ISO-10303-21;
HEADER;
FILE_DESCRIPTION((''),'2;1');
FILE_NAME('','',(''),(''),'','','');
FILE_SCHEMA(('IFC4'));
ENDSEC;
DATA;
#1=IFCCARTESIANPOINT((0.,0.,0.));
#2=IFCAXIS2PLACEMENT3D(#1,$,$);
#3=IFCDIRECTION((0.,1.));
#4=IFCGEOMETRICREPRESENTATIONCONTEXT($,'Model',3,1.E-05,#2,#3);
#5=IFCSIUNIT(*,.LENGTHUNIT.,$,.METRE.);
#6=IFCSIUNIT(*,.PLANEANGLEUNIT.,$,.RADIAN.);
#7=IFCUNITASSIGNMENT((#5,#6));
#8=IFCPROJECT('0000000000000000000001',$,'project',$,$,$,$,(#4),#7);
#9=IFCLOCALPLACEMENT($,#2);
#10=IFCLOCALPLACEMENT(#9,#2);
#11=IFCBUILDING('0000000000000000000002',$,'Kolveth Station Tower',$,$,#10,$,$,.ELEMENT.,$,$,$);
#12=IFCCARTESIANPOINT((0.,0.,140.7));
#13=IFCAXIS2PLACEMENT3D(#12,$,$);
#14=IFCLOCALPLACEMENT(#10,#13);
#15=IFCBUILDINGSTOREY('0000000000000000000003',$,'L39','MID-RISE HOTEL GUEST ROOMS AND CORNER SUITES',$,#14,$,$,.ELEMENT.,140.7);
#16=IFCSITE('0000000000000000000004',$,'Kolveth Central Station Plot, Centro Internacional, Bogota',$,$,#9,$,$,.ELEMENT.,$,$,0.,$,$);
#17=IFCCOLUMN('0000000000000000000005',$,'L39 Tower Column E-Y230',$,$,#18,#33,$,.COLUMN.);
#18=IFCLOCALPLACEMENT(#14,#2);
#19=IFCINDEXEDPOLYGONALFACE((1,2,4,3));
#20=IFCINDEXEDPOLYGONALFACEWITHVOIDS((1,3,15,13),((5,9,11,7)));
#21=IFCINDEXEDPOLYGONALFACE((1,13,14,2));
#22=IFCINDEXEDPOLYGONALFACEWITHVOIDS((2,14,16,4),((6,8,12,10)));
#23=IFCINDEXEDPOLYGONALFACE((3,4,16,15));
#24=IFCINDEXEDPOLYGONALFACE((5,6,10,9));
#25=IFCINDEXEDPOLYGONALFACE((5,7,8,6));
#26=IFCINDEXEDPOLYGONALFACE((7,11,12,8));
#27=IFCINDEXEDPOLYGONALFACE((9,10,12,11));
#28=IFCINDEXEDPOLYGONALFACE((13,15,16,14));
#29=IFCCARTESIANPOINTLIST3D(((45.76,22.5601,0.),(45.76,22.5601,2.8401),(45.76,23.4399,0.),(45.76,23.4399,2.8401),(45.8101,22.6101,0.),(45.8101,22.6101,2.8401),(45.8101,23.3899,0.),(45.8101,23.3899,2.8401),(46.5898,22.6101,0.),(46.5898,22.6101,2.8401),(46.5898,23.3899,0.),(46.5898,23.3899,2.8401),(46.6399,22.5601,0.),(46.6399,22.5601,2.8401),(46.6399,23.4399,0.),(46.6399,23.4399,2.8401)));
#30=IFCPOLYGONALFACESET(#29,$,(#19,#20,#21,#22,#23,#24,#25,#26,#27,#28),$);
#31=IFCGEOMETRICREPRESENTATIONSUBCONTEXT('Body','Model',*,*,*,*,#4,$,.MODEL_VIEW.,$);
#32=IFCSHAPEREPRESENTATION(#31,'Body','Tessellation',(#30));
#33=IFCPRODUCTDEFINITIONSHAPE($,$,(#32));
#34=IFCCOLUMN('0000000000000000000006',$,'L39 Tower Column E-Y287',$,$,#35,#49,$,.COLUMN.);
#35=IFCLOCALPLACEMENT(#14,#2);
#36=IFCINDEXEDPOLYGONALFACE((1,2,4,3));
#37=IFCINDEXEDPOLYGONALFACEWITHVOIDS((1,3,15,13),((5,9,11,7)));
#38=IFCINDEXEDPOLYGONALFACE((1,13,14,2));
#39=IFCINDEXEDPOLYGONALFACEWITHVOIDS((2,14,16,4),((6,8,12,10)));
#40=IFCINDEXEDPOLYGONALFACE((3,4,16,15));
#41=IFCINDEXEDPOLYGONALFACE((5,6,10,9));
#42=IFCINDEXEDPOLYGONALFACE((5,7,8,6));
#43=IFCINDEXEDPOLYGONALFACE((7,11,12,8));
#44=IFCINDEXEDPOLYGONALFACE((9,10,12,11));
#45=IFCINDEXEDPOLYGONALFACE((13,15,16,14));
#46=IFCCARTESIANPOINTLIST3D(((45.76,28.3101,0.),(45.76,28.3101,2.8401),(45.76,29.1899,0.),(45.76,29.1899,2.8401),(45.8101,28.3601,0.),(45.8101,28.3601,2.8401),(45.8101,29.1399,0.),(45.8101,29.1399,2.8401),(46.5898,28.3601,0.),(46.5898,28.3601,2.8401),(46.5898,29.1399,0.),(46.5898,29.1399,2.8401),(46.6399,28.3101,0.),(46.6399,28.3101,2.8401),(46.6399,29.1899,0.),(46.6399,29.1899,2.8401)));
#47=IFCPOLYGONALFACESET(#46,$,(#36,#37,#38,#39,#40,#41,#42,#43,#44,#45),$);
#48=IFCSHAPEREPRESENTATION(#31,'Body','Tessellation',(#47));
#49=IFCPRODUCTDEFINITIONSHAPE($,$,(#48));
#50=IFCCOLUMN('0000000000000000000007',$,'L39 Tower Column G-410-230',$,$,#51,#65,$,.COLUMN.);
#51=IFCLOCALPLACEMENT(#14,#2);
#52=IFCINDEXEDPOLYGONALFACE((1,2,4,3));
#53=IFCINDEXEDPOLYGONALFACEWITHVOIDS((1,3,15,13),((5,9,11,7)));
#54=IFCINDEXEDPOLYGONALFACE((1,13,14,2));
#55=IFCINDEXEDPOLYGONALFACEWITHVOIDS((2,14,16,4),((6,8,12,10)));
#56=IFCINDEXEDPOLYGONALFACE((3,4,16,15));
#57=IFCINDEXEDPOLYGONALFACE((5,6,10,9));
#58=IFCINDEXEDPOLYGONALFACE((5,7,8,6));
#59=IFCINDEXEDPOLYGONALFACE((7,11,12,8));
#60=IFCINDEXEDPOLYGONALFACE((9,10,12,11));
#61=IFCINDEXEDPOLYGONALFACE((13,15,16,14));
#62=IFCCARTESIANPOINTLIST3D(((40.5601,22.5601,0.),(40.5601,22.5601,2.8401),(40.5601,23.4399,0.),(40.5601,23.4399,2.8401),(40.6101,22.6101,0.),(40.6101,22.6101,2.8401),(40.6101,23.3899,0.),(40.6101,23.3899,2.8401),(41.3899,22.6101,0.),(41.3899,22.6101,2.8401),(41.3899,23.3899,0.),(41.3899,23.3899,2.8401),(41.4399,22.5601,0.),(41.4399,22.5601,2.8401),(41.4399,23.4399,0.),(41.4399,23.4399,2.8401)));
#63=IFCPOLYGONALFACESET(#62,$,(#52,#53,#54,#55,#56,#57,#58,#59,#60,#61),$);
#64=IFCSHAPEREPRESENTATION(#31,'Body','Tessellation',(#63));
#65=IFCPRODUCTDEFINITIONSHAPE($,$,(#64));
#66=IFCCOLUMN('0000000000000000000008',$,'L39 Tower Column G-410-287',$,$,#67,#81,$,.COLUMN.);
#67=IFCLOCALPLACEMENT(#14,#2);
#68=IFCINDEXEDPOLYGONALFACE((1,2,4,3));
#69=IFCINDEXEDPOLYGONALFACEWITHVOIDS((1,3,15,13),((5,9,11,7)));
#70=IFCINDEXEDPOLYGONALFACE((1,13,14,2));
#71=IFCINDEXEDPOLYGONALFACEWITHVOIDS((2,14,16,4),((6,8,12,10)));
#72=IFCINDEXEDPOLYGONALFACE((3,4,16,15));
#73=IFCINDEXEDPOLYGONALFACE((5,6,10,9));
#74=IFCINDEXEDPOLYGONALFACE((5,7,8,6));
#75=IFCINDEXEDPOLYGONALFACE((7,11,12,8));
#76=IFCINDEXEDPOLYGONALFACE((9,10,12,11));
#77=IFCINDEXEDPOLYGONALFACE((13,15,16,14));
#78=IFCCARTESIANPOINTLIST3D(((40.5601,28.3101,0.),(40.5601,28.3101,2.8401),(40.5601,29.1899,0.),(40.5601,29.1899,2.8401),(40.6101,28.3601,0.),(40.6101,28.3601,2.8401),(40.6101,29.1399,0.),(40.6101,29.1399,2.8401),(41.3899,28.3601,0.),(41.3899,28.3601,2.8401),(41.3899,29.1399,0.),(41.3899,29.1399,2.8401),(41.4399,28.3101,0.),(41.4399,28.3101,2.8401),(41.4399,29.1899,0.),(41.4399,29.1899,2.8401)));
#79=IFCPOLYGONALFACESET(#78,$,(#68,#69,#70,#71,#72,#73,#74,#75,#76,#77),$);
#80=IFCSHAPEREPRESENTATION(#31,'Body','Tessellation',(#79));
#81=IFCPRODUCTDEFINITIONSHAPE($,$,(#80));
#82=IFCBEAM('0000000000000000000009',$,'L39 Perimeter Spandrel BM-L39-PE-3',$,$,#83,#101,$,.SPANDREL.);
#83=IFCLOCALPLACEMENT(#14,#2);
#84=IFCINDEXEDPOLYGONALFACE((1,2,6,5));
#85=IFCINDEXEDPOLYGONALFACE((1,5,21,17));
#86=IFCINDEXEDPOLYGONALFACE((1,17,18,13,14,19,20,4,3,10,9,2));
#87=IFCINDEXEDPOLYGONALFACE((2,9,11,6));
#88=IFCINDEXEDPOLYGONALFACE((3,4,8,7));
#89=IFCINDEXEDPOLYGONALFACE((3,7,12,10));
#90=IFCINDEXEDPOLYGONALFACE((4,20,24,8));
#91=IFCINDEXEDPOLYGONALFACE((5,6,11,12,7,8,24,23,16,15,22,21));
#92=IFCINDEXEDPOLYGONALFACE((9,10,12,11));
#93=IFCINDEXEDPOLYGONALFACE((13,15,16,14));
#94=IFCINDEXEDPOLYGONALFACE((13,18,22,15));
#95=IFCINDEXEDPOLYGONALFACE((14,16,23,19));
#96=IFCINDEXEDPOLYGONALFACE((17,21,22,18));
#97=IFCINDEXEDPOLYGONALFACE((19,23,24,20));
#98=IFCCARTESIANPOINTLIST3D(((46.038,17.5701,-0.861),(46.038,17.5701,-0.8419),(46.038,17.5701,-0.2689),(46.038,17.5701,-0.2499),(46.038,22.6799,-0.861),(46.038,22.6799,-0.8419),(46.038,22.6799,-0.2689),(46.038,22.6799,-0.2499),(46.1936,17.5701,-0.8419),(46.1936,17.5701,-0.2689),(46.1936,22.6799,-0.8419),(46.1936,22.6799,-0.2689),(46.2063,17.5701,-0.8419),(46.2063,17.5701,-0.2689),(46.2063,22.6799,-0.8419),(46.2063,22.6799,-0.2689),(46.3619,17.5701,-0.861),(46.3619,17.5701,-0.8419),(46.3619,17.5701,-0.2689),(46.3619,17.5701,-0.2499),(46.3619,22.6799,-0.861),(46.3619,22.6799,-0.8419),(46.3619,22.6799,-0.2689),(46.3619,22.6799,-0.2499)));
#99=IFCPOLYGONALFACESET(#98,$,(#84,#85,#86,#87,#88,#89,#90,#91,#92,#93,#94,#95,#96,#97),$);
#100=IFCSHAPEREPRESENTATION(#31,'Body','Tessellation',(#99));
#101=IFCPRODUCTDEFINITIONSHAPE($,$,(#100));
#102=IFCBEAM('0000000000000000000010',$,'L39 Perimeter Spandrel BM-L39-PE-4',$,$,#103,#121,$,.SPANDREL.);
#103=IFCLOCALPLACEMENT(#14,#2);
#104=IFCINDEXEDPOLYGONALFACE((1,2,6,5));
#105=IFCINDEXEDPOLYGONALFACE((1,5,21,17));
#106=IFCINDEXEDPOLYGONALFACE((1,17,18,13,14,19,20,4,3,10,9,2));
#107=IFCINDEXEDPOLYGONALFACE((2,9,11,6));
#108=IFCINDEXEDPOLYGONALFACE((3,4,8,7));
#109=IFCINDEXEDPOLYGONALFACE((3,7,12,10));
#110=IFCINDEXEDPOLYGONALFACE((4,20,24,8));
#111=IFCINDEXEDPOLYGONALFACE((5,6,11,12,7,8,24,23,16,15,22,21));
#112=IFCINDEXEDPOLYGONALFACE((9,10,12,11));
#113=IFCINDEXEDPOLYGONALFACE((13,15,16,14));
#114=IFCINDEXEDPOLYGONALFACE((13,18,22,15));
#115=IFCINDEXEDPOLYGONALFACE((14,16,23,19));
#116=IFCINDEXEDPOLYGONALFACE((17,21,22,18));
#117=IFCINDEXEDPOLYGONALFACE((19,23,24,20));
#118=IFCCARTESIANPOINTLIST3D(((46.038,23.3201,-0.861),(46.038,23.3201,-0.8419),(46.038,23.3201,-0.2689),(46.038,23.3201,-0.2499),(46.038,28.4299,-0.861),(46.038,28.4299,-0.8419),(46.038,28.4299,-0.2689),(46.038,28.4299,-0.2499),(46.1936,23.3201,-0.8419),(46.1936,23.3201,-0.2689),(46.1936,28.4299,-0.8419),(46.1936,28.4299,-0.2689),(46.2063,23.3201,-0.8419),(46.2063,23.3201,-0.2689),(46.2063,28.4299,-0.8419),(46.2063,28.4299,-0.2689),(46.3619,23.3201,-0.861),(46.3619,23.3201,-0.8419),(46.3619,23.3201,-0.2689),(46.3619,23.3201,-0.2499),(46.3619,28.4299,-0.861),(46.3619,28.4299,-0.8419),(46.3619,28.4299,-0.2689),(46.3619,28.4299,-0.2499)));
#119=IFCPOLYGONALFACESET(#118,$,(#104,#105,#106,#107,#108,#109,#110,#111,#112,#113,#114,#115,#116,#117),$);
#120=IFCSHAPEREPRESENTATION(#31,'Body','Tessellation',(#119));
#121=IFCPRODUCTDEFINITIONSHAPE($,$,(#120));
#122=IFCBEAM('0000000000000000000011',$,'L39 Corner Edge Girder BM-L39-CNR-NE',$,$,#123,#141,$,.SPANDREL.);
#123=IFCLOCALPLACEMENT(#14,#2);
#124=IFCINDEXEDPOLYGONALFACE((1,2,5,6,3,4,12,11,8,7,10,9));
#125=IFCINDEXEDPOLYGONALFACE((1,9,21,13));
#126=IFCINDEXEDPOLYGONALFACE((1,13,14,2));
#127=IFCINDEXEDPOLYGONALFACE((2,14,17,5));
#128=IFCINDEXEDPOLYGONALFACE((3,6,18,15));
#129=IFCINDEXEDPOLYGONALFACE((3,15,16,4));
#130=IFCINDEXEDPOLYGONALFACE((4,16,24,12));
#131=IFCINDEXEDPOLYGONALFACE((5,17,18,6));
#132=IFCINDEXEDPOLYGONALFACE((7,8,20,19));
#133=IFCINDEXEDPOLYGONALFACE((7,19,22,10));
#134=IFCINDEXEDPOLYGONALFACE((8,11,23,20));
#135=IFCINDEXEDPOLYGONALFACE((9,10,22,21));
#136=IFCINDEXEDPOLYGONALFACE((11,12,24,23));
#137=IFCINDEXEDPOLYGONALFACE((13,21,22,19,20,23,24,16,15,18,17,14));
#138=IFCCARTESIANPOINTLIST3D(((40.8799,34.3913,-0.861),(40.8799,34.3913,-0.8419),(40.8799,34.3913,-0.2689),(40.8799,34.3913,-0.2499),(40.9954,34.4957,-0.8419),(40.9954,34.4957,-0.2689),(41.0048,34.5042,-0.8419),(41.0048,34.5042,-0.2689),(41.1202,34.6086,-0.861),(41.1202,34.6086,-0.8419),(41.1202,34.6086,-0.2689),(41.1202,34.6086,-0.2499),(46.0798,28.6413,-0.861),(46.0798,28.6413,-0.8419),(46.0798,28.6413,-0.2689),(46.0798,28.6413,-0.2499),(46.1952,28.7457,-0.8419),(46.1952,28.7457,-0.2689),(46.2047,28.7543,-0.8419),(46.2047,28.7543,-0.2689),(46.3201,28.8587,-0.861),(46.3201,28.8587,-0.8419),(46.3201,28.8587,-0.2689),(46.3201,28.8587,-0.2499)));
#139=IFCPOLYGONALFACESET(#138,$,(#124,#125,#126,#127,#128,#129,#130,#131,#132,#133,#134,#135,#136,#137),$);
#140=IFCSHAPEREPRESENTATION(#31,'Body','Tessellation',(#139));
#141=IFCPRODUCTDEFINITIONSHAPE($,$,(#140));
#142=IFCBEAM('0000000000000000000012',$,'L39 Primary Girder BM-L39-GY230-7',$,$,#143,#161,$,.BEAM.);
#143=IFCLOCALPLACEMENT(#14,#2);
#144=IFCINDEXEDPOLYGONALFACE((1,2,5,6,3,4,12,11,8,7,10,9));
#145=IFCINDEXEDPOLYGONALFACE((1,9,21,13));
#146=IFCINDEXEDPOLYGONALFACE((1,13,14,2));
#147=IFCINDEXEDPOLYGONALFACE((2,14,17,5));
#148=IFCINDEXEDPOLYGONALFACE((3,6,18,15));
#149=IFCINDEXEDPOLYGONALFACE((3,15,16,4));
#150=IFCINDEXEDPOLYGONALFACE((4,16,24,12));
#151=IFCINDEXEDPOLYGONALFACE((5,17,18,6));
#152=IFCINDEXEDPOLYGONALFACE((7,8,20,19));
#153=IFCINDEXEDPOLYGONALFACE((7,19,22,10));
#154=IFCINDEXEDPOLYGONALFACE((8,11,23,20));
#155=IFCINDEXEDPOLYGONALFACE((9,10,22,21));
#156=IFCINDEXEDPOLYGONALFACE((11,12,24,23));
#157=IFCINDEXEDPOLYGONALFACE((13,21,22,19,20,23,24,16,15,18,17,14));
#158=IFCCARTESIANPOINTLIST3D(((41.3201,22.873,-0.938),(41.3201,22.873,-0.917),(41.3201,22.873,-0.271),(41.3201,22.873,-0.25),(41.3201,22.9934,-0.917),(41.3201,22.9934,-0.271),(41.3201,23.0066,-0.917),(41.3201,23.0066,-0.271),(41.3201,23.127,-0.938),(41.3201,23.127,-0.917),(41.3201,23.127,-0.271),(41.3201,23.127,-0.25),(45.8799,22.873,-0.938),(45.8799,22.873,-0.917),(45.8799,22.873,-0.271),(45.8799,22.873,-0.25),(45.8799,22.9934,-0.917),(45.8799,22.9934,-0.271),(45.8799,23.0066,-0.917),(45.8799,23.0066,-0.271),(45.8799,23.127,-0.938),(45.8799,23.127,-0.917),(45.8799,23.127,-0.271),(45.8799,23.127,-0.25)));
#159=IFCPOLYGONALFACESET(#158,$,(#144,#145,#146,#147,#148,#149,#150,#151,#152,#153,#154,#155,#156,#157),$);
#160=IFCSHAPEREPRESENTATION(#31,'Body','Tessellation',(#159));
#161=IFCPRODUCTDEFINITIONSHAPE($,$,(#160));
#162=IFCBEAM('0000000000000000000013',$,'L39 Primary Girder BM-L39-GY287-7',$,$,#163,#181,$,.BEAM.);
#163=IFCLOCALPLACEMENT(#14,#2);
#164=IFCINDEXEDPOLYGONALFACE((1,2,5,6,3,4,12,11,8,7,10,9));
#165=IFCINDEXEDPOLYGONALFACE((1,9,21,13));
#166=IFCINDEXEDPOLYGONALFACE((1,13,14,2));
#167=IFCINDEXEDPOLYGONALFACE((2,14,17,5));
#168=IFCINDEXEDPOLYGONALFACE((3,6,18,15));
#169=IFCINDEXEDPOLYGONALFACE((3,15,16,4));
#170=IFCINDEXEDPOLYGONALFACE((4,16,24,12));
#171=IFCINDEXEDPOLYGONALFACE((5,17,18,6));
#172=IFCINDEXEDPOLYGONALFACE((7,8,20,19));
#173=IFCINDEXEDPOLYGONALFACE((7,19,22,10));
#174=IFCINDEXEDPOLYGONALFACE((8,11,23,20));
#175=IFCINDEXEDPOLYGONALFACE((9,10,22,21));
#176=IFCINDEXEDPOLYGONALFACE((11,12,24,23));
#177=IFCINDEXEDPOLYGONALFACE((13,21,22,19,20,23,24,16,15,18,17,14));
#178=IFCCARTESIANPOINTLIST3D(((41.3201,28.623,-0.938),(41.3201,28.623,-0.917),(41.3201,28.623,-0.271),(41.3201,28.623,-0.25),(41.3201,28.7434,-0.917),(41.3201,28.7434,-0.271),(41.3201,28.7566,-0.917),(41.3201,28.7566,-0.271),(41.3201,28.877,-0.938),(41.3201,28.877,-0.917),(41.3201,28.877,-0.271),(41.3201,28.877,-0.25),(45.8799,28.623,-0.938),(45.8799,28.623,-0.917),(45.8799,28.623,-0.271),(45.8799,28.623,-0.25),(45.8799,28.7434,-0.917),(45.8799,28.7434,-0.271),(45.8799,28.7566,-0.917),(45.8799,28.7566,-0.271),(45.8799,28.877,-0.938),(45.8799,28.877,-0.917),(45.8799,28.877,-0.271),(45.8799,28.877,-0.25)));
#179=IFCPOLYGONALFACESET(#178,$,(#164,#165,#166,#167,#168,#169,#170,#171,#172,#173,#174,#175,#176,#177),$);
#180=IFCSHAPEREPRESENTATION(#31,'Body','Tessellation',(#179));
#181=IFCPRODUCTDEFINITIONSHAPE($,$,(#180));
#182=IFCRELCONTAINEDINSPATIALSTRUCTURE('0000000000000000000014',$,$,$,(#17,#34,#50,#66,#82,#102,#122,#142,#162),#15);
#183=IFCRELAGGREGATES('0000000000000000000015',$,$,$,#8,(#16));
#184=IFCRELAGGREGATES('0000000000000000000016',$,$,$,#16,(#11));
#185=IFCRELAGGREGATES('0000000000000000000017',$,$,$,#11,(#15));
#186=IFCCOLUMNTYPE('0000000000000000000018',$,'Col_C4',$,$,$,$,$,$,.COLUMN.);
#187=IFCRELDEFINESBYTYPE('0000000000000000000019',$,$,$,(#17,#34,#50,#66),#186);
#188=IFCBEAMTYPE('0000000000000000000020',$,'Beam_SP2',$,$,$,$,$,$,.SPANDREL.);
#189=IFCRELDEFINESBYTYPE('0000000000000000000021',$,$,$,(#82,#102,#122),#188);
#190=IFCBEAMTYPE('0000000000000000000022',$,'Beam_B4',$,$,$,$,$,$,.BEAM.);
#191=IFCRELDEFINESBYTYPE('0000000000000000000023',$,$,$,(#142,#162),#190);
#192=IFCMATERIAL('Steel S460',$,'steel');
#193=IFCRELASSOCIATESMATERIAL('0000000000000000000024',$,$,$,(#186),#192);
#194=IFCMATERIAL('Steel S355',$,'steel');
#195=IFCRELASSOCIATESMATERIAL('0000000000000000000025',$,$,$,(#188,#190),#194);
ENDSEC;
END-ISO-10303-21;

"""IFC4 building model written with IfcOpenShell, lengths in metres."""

from ifc_helpers import new_model, si_unit, direction, frame, origin, origin_2d, place, context, subcontext, project, spatial, hollow_rectangle, i_section, extrude, source, transform, mapped, material, material_profile, profile_set, type_object, element, save


model = new_model("IFC4")

# Units and contexts
model_context = context("Model", 3, precision=1e-05, world=origin(), true_north=direction((0.0, 1.0)))
body_context = subcontext(model_context, "Body", "Model", "MODEL_VIEW")
ifc_project = project(units=[si_unit("LENGTHUNIT", "METRE"), si_unit("PLANEANGLEUNIT", "RADIAN")], contexts=[model_context])

# Site, building, storey
site_placement = place(None, origin())
site = spatial("IfcSite", under=ifc_project, at=site_placement, Name="Kolveth Central Station Plot, Centro Internacional, Bogota", CompositionType="ELEMENT", RefElevation=0.0)
building_placement = place(site_placement, origin())
building = spatial("IfcBuilding", under=site, at=building_placement, Name="Kolveth Station Tower", CompositionType="ELEMENT")
storey_placement = place(building_placement, frame((0.0, 0.0, 140.7)))
storey = spatial("IfcBuildingStorey", under=building, at=storey_placement, Name="L39", Description="MID-RISE HOTEL GUEST ROOMS AND CORNER SUITES", CompositionType="ELEMENT", Elevation=140.7)

# Columns
ifc_material_1 = material(Name="Steel S460", Category="steel")
ifc_material_profile_1 = material_profile(ifc_material_1, hollow_rectangle(XDim=0.8799, YDim=0.8799, WallThickness=0.05, at=origin_2d()), Name="BOX880x880x50")
ifc_profile_set_1 = profile_set([ifc_material_profile_1], Name="Steel S460")
column_type = type_object("IfcColumnType", Name="Col_C4", PredefinedType="COLUMN", material=ifc_profile_set_1)
shared_shape_1 = source(origin(), body_context, "Body", "SweptSolid", [
    extrude(hollow_rectangle(XDim=0.8799, YDim=0.8799, WallThickness=0.05, at=origin_2d()), origin(), (0.0, 0.0, 1.0), 2.8401),
])
for number, where, z_axis, x_axis, name in (
    (1, (46.2, 23.0, 0.0), (0.0, 0.0, 1.0), (1.0, 0.0, 0.0), "L39 Tower Column E-Y230"),
    (2, (46.2, 28.75, 0.0), (0.0, 0.0, 1.0), (1.0, 0.0, 0.0), "L39 Tower Column E-Y287"),
    (3, (41.0, 23.0, 0.0), (0.0, 0.0, 1.0), (1.0, 0.0, 0.0), "L39 Tower Column G-410-230"),
    (4, (41.0, 28.75, 0.0), (0.0, 0.0, 1.0), (1.0, 0.0, 0.0), "L39 Tower Column G-410-287"),
):
    element("IfcColumn", number, at=place(storey_placement, frame(where, z_axis=z_axis, x_axis=x_axis)), inside=storey, type_object=column_type, Name=name, PredefinedType="COLUMN", context=body_context, shape_type="MappedRepresentation", body=[
        mapped(shared_shape_1, transform((0.0, 0.0, 0.0), x_axis=(1.0, 0.0, 0.0), y_axis=(0.0, 1.0, 0.0), z_axis=(0.0, 0.0, 1.0), scale=1.0)),
    ])

# Beams
ifc_material_2 = material(Name="Steel S355", Category="steel")
ifc_material_profile_2 = material_profile(ifc_material_2, i_section(OverallWidth=0.324, OverallDepth=0.6111, WebThickness=0.0127, FlangeThickness=0.019, at=origin_2d()), Name="W610x155")
ifc_profile_set_2 = profile_set([ifc_material_profile_2], Name="Steel S355")
beam_type_1 = type_object("IfcBeamType", Name="Beam_SP2", PredefinedType="SPANDREL", material=ifc_profile_set_2)
shared_shape_2 = source(origin(), body_context, "Body", "SweptSolid", [
    extrude(i_section(OverallWidth=0.324, OverallDepth=0.6111, WebThickness=0.0127, FlangeThickness=0.019, at=origin_2d()), origin(), (0.0, 0.0, 1.0), 5.1099),
])
for number, where, z_axis, x_axis, name in (
    (5, (46.2, 17.5701, -0.5554), (0.0, 1.0, 0.0), (-1.0, 0.0, 0.0), "L39 Perimeter Spandrel BM-L39-PE-3"),
    (6, (46.2, 23.3201, -0.5554), (0.0, 1.0, 0.0), (-1.0, 0.0, 0.0), "L39 Perimeter Spandrel BM-L39-PE-4"),
):
    element("IfcBeam", number, at=place(storey_placement, frame(where, z_axis=z_axis, x_axis=x_axis)), inside=storey, type_object=beam_type_1, Name=name, PredefinedType="SPANDREL", context=body_context, shape_type="MappedRepresentation", body=[
        mapped(shared_shape_2, transform((0.0, 0.0, 0.0), x_axis=(1.0, 0.0, 0.0), y_axis=(0.0, 1.0, 0.0), z_axis=(0.0, 0.0, 1.0), scale=1.0)),
    ])
shared_shape_3 = source(origin(), body_context, "Body", "SweptSolid", [
    extrude(i_section(OverallWidth=0.324, OverallDepth=0.6111, WebThickness=0.0127, FlangeThickness=0.019, at=origin_2d()), origin(), (0.0, 0.0, 1.0), 7.7524),
])
beam_placement = place(storey_placement, frame((46.2, 28.75, -0.5554), z_axis=(-0.670741, 0.741692, 0.0), x_axis=(-0.741692, -0.670741, 0.0)))
element("IfcBeam", 7, at=beam_placement, inside=storey, type_object=beam_type_1, Name="L39 Corner Edge Girder BM-L39-CNR-NE", PredefinedType="SPANDREL", context=body_context, shape_type="MappedRepresentation", body=[
    mapped(shared_shape_3, transform((0.0, 0.0, 0.0), x_axis=(1.0, 0.0, 0.0), y_axis=(0.0, 1.0, 0.0), z_axis=(0.0, 0.0, 1.0), scale=1.0)),
])
ifc_material_profile_3 = material_profile(ifc_material_2, i_section(OverallWidth=0.2539, OverallDepth=0.688, WebThickness=0.0132, FlangeThickness=0.021, at=origin_2d()), Name="W690x152")
ifc_profile_set_3 = profile_set([ifc_material_profile_3], Name="Steel S355")
beam_type_2 = type_object("IfcBeamType", Name="Beam_B4", PredefinedType="BEAM", material=ifc_profile_set_3)
shared_shape_4 = source(origin(), body_context, "Body", "SweptSolid", [
    extrude(i_section(OverallWidth=0.2539, OverallDepth=0.688, WebThickness=0.0132, FlangeThickness=0.021, at=origin_2d()), origin(), (0.0, 0.0, 1.0), 4.5598),
])
for number, where, z_axis, x_axis, name in (
    (8, (41.3201, 23.0, -0.594), (1.0, 0.0, 0.0), (0.0, 1.0, 0.0), "L39 Primary Girder BM-L39-GY230-7"),
    (9, (41.3201, 28.75, -0.594), (1.0, 0.0, 0.0), (0.0, 1.0, 0.0), "L39 Primary Girder BM-L39-GY287-7"),
):
    element("IfcBeam", number, at=place(storey_placement, frame(where, z_axis=z_axis, x_axis=x_axis)), inside=storey, type_object=beam_type_2, Name=name, PredefinedType="BEAM", context=body_context, shape_type="MappedRepresentation", body=[
        mapped(shared_shape_4, transform((0.0, 0.0, 0.0), x_axis=(1.0, 0.0, 0.0), y_axis=(0.0, 1.0, 0.0), z_axis=(0.0, 0.0, 1.0), scale=1.0)),
    ])

save(model, "model.ifc")
